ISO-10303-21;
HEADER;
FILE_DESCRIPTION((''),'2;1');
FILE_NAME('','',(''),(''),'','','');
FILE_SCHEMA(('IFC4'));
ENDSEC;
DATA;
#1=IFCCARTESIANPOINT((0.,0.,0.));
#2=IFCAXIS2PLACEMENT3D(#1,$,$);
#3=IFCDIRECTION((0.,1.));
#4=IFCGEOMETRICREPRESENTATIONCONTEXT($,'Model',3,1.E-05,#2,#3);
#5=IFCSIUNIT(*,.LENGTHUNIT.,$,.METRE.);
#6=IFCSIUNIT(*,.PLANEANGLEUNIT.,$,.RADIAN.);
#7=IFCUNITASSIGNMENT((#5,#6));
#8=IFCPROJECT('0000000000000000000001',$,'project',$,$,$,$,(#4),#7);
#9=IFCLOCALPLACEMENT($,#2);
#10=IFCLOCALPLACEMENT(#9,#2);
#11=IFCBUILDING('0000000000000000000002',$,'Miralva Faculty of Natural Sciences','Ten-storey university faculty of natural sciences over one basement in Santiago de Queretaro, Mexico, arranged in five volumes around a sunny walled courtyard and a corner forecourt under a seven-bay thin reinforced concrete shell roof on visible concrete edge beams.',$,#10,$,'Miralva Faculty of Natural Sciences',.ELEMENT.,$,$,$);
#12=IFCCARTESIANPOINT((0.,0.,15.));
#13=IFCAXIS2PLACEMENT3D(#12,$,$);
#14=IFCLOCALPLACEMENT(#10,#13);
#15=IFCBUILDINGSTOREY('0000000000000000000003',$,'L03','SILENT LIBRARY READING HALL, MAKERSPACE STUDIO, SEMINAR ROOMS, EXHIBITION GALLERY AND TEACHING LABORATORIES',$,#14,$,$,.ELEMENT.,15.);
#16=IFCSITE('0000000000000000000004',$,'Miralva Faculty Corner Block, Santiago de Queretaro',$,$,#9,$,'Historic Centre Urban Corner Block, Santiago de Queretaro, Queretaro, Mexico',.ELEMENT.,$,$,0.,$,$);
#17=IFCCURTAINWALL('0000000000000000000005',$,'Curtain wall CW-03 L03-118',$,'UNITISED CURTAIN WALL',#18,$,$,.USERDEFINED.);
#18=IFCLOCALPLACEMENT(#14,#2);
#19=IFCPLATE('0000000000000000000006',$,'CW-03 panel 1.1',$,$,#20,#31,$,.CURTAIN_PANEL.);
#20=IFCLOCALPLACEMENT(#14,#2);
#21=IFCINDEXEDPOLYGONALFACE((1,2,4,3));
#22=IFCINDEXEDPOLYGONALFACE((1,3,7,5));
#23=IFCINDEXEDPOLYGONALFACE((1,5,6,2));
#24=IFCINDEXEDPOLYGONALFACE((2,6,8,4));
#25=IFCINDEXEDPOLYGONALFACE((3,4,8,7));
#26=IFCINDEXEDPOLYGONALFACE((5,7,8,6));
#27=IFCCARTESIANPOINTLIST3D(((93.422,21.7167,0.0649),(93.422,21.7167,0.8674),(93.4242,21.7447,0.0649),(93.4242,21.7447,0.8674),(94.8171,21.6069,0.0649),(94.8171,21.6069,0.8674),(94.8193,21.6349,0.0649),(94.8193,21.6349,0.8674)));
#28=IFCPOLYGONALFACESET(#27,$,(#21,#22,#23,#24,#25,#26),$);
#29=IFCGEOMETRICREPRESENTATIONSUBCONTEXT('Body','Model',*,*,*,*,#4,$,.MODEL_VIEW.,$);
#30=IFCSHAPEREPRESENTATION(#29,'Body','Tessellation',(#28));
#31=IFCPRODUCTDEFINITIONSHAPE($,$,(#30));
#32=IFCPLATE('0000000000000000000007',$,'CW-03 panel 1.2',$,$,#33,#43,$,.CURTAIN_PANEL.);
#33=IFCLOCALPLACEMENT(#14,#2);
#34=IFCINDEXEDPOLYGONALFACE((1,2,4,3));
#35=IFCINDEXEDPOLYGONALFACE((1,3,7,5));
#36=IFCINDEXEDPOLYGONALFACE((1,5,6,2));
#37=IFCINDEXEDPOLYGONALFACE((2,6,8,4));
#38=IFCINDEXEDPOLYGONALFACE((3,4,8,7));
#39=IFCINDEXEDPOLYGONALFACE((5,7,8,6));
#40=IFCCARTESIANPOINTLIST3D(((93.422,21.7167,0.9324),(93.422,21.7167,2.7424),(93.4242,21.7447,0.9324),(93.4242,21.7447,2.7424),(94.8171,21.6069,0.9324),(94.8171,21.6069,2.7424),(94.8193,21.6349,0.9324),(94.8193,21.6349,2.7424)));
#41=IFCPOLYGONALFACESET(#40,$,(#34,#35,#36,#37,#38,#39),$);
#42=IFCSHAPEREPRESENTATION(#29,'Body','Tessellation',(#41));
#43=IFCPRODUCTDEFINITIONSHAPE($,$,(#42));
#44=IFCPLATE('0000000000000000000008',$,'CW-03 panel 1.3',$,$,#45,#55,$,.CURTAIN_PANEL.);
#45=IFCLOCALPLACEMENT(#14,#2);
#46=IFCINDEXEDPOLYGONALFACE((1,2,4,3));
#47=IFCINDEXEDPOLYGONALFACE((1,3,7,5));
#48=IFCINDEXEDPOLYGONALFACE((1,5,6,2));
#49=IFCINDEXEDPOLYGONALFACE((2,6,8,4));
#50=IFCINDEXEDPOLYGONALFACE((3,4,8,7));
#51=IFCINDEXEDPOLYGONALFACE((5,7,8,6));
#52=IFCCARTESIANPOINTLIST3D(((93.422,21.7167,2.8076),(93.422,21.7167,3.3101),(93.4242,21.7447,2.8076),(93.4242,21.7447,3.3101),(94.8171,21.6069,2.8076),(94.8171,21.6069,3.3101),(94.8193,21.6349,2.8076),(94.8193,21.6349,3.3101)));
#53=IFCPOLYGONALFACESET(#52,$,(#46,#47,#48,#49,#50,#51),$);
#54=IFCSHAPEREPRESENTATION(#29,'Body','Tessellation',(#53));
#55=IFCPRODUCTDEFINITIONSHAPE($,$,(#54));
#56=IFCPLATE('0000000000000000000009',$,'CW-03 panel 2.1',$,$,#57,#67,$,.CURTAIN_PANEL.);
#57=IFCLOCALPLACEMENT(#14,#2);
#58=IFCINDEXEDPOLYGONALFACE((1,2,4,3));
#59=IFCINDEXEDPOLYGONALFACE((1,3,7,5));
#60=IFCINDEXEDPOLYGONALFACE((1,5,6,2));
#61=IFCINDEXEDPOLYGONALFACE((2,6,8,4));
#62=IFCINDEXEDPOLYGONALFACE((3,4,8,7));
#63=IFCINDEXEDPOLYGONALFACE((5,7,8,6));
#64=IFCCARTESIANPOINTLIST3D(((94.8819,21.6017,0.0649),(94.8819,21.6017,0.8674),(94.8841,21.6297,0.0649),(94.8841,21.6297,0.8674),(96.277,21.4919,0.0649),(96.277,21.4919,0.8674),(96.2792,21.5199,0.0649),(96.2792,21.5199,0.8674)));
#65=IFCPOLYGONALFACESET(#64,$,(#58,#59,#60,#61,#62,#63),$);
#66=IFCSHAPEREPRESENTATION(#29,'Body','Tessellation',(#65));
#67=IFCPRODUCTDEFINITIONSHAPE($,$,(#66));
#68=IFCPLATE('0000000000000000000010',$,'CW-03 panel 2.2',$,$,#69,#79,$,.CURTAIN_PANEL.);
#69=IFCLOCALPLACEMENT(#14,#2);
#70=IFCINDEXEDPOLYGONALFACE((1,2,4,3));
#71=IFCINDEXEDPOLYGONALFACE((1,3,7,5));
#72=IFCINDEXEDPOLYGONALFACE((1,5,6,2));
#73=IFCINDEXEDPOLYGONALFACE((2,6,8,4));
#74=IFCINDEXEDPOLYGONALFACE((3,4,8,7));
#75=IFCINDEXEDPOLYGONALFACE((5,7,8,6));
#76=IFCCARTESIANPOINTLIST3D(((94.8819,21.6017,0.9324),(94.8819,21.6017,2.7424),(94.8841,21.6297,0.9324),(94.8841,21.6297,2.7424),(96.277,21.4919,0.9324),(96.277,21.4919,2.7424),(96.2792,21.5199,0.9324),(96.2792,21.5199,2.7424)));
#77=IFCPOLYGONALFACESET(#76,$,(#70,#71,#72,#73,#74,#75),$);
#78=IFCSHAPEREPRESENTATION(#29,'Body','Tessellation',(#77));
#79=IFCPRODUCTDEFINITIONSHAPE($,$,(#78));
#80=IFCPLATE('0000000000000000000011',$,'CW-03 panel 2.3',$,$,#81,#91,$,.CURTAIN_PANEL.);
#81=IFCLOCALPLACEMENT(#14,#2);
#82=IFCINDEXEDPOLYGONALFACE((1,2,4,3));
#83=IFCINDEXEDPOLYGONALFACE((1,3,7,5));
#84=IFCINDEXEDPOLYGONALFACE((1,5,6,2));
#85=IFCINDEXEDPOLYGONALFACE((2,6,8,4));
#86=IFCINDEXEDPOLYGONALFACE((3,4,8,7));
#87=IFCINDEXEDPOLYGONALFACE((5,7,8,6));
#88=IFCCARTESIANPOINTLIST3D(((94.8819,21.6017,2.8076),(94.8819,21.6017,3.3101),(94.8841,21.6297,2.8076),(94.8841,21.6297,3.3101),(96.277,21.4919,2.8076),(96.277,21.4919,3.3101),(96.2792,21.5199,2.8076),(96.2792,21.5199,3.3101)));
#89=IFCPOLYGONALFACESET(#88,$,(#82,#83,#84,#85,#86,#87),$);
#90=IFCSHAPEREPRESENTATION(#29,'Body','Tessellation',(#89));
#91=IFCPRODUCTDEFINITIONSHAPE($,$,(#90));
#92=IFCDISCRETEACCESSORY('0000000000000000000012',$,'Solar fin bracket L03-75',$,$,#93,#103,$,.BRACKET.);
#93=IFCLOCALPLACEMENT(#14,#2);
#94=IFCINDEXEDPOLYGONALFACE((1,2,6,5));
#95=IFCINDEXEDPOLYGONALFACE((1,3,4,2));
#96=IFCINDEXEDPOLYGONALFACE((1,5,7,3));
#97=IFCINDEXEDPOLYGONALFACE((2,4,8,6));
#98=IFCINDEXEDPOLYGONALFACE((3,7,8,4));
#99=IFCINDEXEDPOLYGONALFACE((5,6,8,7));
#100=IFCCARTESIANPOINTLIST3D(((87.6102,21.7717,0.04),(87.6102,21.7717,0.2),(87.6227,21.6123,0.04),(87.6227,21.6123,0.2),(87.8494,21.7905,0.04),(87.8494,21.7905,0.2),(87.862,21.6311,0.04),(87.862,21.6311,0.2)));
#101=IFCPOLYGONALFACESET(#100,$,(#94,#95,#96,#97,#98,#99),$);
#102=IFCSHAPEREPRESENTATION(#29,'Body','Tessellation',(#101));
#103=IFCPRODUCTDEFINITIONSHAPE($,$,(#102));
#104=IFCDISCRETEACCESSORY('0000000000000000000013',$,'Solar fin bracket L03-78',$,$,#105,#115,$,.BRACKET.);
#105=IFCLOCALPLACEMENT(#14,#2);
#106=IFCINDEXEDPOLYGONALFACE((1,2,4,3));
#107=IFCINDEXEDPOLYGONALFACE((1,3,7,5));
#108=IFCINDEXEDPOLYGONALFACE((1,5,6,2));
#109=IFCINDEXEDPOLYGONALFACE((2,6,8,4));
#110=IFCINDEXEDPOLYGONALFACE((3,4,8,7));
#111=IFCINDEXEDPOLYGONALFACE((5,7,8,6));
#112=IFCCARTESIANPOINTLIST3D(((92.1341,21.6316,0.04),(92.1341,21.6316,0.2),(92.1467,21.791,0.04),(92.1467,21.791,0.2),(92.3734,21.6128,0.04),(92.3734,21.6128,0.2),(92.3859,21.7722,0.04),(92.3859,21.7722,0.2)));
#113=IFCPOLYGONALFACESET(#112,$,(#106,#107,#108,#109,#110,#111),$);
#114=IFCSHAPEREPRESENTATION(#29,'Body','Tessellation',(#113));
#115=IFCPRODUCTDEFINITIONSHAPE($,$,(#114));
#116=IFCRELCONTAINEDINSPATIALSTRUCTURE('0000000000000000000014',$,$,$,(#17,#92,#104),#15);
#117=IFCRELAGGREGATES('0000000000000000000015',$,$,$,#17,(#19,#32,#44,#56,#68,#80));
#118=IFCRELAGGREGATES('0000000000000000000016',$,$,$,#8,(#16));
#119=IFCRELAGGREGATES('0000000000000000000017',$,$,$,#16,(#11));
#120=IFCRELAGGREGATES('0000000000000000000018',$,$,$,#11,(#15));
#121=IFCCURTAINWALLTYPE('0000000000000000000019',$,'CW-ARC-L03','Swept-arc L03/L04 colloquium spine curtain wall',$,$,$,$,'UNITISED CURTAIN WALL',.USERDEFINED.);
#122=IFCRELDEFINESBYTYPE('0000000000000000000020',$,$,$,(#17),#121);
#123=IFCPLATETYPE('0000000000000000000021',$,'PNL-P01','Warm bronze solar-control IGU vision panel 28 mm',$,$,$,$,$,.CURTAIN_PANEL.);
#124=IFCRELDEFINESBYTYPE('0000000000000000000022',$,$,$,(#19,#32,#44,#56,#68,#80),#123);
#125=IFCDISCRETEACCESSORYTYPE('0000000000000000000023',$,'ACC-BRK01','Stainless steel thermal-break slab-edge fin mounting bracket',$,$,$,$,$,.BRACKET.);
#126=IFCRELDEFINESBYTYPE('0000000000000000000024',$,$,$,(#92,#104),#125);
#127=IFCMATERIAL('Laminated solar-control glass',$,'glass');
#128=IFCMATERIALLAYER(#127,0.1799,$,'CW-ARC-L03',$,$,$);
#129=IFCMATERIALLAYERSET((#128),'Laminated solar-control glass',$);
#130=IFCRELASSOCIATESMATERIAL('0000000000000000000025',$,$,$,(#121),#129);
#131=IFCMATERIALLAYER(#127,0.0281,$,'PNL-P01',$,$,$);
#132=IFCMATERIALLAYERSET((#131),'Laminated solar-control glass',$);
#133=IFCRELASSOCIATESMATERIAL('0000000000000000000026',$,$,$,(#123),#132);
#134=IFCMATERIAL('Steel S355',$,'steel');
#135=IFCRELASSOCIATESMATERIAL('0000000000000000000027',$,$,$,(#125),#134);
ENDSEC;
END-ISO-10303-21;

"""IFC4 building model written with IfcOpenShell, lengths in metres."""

from ifc_helpers import new_model, si_unit, direction, frame, origin, origin_2d, place, context, subcontext, project, spatial, rectangle, extrude, material, layer, layer_set, type_object, element, aggregate, save


model = new_model("IFC4")

# Units and contexts
model_context = context("Model", 3, precision=1e-05, world=origin(), true_north=direction((0.0, 1.0)))
body_context = subcontext(model_context, "Body", "Model", "MODEL_VIEW")
ifc_project = project(units=[si_unit("LENGTHUNIT", "METRE"), si_unit("PLANEANGLEUNIT", "RADIAN")], contexts=[model_context])

# Site, building, storey
site_placement = place(None, origin())
site = spatial("IfcSite", under=ifc_project, at=site_placement, Name="Miralva Faculty Corner Block, Santiago de Queretaro", LongName="Historic Centre Urban Corner Block, Santiago de Queretaro, Queretaro, Mexico", CompositionType="ELEMENT", RefElevation=0.0)
building_placement = place(site_placement, origin())
building = spatial("IfcBuilding", under=site, at=building_placement, Name="Miralva Faculty of Natural Sciences", Description="Ten-storey university faculty of natural sciences over one basement in Santiago de Queretaro, Mexico, arranged in five volumes around a sunny walled courtyard and a corner forecourt under a seven-bay thin reinforced concrete shell roof on visible concrete edge beams.", LongName="Miralva Faculty of Natural Sciences", CompositionType="ELEMENT")
storey_placement = place(building_placement, frame((0.0, 0.0, 15.0)))
storey = spatial("IfcBuildingStorey", under=building, at=storey_placement, Name="L03", Description="SILENT LIBRARY READING HALL, MAKERSPACE STUDIO, SEMINAR ROOMS, EXHIBITION GALLERY AND TEACHING LABORATORIES", CompositionType="ELEMENT", Elevation=15.0)

# Shared definitions
ifc_material_1 = material(Name="Laminated solar-control glass", Category="glass")
ifc_layer_1 = layer(ifc_material_1, 0.1799, Name="CW-ARC-L03")
ifc_layer_set_1 = layer_set([ifc_layer_1], Name="Laminated solar-control glass")
curtain_wall_type = type_object("IfcCurtainWallType", Name="CW-ARC-L03", Description="Swept-arc L03/L04 colloquium spine curtain wall", ElementType="UNITISED CURTAIN WALL", PredefinedType="USERDEFINED", material=ifc_layer_set_1)

# Curtain wall
curtain_wall_1_placement = place(storey_placement, origin())
curtain_wall_1 = element("IfcCurtainWall", 1, at=curtain_wall_1_placement, inside=storey, type_object=curtain_wall_type, Name="Curtain wall CW-03 L03-118", ObjectType="UNITISED CURTAIN WALL", PredefinedType="USERDEFINED")

# Plates
ifc_layer_2 = layer(ifc_material_1, 0.0281, Name="PNL-P01")
ifc_layer_set_2 = layer_set([ifc_layer_2], Name="Laminated solar-control glass")
plate_type = type_object("IfcPlateType", Name="PNL-P01", Description="Warm bronze solar-control IGU vision panel 28 mm", PredefinedType="CURTAIN_PANEL", material=ifc_layer_set_2)
plate_1_placement = place(storey_placement, frame((94.1206, 21.6758, 0.0649), z_axis=(0.0, 0.0, 1.0), x_axis=(0.996917, -0.078461, 0.0)))
plate_1 = element("IfcPlate", 2, at=plate_1_placement, type_object=plate_type, Name="CW-03 panel 1.1", PredefinedType="CURTAIN_PANEL", context=body_context, shape_type="SweptSolid", body=[
    extrude(rectangle(XDim=1.3994, YDim=0.0281, at=origin_2d()), origin(), (0.0, 0.0, 1.0), 0.8025),
])
plate_2_placement = place(storey_placement, frame((94.1206, 21.6758, 0.9324), z_axis=(0.0, 0.0, 1.0), x_axis=(0.996917, -0.078461, 0.0)))
plate_2 = element("IfcPlate", 3, at=plate_2_placement, type_object=plate_type, Name="CW-03 panel 1.2", PredefinedType="CURTAIN_PANEL", context=body_context, shape_type="SweptSolid", body=[
    extrude(rectangle(XDim=1.3994, YDim=0.0281, at=origin_2d()), origin(), (0.0, 0.0, 1.0), 1.8101),
])
plate_3_placement = place(storey_placement, frame((94.1206, 21.6758, 2.8076), z_axis=(0.0, 0.0, 1.0), x_axis=(0.996917, -0.078461, 0.0)))
plate_3 = element("IfcPlate", 4, at=plate_3_placement, type_object=plate_type, Name="CW-03 panel 1.3", PredefinedType="CURTAIN_PANEL", context=body_context, shape_type="SweptSolid", body=[
    extrude(rectangle(XDim=1.3994, YDim=0.0281, at=origin_2d()), origin(), (0.0, 0.0, 1.0), 0.5024),
])
plate_4_placement = place(storey_placement, frame((95.5806, 21.5608, 0.0649), z_axis=(0.0, 0.0, 1.0), x_axis=(0.996917, -0.078461, 0.0)))
plate_4 = element("IfcPlate", 5, at=plate_4_placement, type_object=plate_type, Name="CW-03 panel 2.1", PredefinedType="CURTAIN_PANEL", context=body_context, shape_type="SweptSolid", body=[
    extrude(rectangle(XDim=1.3994, YDim=0.0281, at=origin_2d()), origin(), (0.0, 0.0, 1.0), 0.8025),
])
plate_5_placement = place(storey_placement, frame((95.5806, 21.5608, 0.9324), z_axis=(0.0, 0.0, 1.0), x_axis=(0.996917, -0.078461, 0.0)))
plate_5 = element("IfcPlate", 6, at=plate_5_placement, type_object=plate_type, Name="CW-03 panel 2.2", PredefinedType="CURTAIN_PANEL", context=body_context, shape_type="SweptSolid", body=[
    extrude(rectangle(XDim=1.3994, YDim=0.0281, at=origin_2d()), origin(), (0.0, 0.0, 1.0), 1.8101),
])
plate_6_placement = place(storey_placement, frame((95.5806, 21.5608, 2.8076), z_axis=(0.0, 0.0, 1.0), x_axis=(0.996917, -0.078461, 0.0)))
plate_6 = element("IfcPlate", 7, at=plate_6_placement, type_object=plate_type, Name="CW-03 panel 2.3", PredefinedType="CURTAIN_PANEL", context=body_context, shape_type="SweptSolid", body=[
    extrude(rectangle(XDim=1.3994, YDim=0.0281, at=origin_2d()), origin(), (0.0, 0.0, 1.0), 0.5024),
])
aggregate(curtain_wall_1, [plate_1, plate_2, plate_3, plate_4, plate_5, plate_6])

# Discrete accessories
ifc_material_2 = material(Name="Steel S355", Category="steel")
discrete_accessory_type = type_object("IfcDiscreteAccessoryType", Name="ACC-BRK01", Description="Stainless steel thermal-break slab-edge fin mounting bracket", PredefinedType="BRACKET", material=ifc_material_2)
for number, where, z_axis, x_axis, name in (
    (8, (87.7361, 21.7014, 0.04), (0.0, 0.0, 1.0), (0.078459, -0.996917, 0.0), "Solar fin bracket L03-75"),
    (9, (92.26, 21.7019, 0.04), (0.0, 0.0, 1.0), (-0.078459, -0.996917, 0.0), "Solar fin bracket L03-78"),
):
    element("IfcDiscreteAccessory", number, at=place(storey_placement, frame(where, z_axis=z_axis, x_axis=x_axis)), inside=storey, type_object=discrete_accessory_type, Name=name, PredefinedType="BRACKET", context=body_context, shape_type="SweptSolid", body=[
        extrude(rectangle(XDim=0.1599, YDim=0.24, at=origin_2d()), origin(), (0.0, 0.0, 1.0), 0.1599),
    ])

save(model, "model.ifc")
